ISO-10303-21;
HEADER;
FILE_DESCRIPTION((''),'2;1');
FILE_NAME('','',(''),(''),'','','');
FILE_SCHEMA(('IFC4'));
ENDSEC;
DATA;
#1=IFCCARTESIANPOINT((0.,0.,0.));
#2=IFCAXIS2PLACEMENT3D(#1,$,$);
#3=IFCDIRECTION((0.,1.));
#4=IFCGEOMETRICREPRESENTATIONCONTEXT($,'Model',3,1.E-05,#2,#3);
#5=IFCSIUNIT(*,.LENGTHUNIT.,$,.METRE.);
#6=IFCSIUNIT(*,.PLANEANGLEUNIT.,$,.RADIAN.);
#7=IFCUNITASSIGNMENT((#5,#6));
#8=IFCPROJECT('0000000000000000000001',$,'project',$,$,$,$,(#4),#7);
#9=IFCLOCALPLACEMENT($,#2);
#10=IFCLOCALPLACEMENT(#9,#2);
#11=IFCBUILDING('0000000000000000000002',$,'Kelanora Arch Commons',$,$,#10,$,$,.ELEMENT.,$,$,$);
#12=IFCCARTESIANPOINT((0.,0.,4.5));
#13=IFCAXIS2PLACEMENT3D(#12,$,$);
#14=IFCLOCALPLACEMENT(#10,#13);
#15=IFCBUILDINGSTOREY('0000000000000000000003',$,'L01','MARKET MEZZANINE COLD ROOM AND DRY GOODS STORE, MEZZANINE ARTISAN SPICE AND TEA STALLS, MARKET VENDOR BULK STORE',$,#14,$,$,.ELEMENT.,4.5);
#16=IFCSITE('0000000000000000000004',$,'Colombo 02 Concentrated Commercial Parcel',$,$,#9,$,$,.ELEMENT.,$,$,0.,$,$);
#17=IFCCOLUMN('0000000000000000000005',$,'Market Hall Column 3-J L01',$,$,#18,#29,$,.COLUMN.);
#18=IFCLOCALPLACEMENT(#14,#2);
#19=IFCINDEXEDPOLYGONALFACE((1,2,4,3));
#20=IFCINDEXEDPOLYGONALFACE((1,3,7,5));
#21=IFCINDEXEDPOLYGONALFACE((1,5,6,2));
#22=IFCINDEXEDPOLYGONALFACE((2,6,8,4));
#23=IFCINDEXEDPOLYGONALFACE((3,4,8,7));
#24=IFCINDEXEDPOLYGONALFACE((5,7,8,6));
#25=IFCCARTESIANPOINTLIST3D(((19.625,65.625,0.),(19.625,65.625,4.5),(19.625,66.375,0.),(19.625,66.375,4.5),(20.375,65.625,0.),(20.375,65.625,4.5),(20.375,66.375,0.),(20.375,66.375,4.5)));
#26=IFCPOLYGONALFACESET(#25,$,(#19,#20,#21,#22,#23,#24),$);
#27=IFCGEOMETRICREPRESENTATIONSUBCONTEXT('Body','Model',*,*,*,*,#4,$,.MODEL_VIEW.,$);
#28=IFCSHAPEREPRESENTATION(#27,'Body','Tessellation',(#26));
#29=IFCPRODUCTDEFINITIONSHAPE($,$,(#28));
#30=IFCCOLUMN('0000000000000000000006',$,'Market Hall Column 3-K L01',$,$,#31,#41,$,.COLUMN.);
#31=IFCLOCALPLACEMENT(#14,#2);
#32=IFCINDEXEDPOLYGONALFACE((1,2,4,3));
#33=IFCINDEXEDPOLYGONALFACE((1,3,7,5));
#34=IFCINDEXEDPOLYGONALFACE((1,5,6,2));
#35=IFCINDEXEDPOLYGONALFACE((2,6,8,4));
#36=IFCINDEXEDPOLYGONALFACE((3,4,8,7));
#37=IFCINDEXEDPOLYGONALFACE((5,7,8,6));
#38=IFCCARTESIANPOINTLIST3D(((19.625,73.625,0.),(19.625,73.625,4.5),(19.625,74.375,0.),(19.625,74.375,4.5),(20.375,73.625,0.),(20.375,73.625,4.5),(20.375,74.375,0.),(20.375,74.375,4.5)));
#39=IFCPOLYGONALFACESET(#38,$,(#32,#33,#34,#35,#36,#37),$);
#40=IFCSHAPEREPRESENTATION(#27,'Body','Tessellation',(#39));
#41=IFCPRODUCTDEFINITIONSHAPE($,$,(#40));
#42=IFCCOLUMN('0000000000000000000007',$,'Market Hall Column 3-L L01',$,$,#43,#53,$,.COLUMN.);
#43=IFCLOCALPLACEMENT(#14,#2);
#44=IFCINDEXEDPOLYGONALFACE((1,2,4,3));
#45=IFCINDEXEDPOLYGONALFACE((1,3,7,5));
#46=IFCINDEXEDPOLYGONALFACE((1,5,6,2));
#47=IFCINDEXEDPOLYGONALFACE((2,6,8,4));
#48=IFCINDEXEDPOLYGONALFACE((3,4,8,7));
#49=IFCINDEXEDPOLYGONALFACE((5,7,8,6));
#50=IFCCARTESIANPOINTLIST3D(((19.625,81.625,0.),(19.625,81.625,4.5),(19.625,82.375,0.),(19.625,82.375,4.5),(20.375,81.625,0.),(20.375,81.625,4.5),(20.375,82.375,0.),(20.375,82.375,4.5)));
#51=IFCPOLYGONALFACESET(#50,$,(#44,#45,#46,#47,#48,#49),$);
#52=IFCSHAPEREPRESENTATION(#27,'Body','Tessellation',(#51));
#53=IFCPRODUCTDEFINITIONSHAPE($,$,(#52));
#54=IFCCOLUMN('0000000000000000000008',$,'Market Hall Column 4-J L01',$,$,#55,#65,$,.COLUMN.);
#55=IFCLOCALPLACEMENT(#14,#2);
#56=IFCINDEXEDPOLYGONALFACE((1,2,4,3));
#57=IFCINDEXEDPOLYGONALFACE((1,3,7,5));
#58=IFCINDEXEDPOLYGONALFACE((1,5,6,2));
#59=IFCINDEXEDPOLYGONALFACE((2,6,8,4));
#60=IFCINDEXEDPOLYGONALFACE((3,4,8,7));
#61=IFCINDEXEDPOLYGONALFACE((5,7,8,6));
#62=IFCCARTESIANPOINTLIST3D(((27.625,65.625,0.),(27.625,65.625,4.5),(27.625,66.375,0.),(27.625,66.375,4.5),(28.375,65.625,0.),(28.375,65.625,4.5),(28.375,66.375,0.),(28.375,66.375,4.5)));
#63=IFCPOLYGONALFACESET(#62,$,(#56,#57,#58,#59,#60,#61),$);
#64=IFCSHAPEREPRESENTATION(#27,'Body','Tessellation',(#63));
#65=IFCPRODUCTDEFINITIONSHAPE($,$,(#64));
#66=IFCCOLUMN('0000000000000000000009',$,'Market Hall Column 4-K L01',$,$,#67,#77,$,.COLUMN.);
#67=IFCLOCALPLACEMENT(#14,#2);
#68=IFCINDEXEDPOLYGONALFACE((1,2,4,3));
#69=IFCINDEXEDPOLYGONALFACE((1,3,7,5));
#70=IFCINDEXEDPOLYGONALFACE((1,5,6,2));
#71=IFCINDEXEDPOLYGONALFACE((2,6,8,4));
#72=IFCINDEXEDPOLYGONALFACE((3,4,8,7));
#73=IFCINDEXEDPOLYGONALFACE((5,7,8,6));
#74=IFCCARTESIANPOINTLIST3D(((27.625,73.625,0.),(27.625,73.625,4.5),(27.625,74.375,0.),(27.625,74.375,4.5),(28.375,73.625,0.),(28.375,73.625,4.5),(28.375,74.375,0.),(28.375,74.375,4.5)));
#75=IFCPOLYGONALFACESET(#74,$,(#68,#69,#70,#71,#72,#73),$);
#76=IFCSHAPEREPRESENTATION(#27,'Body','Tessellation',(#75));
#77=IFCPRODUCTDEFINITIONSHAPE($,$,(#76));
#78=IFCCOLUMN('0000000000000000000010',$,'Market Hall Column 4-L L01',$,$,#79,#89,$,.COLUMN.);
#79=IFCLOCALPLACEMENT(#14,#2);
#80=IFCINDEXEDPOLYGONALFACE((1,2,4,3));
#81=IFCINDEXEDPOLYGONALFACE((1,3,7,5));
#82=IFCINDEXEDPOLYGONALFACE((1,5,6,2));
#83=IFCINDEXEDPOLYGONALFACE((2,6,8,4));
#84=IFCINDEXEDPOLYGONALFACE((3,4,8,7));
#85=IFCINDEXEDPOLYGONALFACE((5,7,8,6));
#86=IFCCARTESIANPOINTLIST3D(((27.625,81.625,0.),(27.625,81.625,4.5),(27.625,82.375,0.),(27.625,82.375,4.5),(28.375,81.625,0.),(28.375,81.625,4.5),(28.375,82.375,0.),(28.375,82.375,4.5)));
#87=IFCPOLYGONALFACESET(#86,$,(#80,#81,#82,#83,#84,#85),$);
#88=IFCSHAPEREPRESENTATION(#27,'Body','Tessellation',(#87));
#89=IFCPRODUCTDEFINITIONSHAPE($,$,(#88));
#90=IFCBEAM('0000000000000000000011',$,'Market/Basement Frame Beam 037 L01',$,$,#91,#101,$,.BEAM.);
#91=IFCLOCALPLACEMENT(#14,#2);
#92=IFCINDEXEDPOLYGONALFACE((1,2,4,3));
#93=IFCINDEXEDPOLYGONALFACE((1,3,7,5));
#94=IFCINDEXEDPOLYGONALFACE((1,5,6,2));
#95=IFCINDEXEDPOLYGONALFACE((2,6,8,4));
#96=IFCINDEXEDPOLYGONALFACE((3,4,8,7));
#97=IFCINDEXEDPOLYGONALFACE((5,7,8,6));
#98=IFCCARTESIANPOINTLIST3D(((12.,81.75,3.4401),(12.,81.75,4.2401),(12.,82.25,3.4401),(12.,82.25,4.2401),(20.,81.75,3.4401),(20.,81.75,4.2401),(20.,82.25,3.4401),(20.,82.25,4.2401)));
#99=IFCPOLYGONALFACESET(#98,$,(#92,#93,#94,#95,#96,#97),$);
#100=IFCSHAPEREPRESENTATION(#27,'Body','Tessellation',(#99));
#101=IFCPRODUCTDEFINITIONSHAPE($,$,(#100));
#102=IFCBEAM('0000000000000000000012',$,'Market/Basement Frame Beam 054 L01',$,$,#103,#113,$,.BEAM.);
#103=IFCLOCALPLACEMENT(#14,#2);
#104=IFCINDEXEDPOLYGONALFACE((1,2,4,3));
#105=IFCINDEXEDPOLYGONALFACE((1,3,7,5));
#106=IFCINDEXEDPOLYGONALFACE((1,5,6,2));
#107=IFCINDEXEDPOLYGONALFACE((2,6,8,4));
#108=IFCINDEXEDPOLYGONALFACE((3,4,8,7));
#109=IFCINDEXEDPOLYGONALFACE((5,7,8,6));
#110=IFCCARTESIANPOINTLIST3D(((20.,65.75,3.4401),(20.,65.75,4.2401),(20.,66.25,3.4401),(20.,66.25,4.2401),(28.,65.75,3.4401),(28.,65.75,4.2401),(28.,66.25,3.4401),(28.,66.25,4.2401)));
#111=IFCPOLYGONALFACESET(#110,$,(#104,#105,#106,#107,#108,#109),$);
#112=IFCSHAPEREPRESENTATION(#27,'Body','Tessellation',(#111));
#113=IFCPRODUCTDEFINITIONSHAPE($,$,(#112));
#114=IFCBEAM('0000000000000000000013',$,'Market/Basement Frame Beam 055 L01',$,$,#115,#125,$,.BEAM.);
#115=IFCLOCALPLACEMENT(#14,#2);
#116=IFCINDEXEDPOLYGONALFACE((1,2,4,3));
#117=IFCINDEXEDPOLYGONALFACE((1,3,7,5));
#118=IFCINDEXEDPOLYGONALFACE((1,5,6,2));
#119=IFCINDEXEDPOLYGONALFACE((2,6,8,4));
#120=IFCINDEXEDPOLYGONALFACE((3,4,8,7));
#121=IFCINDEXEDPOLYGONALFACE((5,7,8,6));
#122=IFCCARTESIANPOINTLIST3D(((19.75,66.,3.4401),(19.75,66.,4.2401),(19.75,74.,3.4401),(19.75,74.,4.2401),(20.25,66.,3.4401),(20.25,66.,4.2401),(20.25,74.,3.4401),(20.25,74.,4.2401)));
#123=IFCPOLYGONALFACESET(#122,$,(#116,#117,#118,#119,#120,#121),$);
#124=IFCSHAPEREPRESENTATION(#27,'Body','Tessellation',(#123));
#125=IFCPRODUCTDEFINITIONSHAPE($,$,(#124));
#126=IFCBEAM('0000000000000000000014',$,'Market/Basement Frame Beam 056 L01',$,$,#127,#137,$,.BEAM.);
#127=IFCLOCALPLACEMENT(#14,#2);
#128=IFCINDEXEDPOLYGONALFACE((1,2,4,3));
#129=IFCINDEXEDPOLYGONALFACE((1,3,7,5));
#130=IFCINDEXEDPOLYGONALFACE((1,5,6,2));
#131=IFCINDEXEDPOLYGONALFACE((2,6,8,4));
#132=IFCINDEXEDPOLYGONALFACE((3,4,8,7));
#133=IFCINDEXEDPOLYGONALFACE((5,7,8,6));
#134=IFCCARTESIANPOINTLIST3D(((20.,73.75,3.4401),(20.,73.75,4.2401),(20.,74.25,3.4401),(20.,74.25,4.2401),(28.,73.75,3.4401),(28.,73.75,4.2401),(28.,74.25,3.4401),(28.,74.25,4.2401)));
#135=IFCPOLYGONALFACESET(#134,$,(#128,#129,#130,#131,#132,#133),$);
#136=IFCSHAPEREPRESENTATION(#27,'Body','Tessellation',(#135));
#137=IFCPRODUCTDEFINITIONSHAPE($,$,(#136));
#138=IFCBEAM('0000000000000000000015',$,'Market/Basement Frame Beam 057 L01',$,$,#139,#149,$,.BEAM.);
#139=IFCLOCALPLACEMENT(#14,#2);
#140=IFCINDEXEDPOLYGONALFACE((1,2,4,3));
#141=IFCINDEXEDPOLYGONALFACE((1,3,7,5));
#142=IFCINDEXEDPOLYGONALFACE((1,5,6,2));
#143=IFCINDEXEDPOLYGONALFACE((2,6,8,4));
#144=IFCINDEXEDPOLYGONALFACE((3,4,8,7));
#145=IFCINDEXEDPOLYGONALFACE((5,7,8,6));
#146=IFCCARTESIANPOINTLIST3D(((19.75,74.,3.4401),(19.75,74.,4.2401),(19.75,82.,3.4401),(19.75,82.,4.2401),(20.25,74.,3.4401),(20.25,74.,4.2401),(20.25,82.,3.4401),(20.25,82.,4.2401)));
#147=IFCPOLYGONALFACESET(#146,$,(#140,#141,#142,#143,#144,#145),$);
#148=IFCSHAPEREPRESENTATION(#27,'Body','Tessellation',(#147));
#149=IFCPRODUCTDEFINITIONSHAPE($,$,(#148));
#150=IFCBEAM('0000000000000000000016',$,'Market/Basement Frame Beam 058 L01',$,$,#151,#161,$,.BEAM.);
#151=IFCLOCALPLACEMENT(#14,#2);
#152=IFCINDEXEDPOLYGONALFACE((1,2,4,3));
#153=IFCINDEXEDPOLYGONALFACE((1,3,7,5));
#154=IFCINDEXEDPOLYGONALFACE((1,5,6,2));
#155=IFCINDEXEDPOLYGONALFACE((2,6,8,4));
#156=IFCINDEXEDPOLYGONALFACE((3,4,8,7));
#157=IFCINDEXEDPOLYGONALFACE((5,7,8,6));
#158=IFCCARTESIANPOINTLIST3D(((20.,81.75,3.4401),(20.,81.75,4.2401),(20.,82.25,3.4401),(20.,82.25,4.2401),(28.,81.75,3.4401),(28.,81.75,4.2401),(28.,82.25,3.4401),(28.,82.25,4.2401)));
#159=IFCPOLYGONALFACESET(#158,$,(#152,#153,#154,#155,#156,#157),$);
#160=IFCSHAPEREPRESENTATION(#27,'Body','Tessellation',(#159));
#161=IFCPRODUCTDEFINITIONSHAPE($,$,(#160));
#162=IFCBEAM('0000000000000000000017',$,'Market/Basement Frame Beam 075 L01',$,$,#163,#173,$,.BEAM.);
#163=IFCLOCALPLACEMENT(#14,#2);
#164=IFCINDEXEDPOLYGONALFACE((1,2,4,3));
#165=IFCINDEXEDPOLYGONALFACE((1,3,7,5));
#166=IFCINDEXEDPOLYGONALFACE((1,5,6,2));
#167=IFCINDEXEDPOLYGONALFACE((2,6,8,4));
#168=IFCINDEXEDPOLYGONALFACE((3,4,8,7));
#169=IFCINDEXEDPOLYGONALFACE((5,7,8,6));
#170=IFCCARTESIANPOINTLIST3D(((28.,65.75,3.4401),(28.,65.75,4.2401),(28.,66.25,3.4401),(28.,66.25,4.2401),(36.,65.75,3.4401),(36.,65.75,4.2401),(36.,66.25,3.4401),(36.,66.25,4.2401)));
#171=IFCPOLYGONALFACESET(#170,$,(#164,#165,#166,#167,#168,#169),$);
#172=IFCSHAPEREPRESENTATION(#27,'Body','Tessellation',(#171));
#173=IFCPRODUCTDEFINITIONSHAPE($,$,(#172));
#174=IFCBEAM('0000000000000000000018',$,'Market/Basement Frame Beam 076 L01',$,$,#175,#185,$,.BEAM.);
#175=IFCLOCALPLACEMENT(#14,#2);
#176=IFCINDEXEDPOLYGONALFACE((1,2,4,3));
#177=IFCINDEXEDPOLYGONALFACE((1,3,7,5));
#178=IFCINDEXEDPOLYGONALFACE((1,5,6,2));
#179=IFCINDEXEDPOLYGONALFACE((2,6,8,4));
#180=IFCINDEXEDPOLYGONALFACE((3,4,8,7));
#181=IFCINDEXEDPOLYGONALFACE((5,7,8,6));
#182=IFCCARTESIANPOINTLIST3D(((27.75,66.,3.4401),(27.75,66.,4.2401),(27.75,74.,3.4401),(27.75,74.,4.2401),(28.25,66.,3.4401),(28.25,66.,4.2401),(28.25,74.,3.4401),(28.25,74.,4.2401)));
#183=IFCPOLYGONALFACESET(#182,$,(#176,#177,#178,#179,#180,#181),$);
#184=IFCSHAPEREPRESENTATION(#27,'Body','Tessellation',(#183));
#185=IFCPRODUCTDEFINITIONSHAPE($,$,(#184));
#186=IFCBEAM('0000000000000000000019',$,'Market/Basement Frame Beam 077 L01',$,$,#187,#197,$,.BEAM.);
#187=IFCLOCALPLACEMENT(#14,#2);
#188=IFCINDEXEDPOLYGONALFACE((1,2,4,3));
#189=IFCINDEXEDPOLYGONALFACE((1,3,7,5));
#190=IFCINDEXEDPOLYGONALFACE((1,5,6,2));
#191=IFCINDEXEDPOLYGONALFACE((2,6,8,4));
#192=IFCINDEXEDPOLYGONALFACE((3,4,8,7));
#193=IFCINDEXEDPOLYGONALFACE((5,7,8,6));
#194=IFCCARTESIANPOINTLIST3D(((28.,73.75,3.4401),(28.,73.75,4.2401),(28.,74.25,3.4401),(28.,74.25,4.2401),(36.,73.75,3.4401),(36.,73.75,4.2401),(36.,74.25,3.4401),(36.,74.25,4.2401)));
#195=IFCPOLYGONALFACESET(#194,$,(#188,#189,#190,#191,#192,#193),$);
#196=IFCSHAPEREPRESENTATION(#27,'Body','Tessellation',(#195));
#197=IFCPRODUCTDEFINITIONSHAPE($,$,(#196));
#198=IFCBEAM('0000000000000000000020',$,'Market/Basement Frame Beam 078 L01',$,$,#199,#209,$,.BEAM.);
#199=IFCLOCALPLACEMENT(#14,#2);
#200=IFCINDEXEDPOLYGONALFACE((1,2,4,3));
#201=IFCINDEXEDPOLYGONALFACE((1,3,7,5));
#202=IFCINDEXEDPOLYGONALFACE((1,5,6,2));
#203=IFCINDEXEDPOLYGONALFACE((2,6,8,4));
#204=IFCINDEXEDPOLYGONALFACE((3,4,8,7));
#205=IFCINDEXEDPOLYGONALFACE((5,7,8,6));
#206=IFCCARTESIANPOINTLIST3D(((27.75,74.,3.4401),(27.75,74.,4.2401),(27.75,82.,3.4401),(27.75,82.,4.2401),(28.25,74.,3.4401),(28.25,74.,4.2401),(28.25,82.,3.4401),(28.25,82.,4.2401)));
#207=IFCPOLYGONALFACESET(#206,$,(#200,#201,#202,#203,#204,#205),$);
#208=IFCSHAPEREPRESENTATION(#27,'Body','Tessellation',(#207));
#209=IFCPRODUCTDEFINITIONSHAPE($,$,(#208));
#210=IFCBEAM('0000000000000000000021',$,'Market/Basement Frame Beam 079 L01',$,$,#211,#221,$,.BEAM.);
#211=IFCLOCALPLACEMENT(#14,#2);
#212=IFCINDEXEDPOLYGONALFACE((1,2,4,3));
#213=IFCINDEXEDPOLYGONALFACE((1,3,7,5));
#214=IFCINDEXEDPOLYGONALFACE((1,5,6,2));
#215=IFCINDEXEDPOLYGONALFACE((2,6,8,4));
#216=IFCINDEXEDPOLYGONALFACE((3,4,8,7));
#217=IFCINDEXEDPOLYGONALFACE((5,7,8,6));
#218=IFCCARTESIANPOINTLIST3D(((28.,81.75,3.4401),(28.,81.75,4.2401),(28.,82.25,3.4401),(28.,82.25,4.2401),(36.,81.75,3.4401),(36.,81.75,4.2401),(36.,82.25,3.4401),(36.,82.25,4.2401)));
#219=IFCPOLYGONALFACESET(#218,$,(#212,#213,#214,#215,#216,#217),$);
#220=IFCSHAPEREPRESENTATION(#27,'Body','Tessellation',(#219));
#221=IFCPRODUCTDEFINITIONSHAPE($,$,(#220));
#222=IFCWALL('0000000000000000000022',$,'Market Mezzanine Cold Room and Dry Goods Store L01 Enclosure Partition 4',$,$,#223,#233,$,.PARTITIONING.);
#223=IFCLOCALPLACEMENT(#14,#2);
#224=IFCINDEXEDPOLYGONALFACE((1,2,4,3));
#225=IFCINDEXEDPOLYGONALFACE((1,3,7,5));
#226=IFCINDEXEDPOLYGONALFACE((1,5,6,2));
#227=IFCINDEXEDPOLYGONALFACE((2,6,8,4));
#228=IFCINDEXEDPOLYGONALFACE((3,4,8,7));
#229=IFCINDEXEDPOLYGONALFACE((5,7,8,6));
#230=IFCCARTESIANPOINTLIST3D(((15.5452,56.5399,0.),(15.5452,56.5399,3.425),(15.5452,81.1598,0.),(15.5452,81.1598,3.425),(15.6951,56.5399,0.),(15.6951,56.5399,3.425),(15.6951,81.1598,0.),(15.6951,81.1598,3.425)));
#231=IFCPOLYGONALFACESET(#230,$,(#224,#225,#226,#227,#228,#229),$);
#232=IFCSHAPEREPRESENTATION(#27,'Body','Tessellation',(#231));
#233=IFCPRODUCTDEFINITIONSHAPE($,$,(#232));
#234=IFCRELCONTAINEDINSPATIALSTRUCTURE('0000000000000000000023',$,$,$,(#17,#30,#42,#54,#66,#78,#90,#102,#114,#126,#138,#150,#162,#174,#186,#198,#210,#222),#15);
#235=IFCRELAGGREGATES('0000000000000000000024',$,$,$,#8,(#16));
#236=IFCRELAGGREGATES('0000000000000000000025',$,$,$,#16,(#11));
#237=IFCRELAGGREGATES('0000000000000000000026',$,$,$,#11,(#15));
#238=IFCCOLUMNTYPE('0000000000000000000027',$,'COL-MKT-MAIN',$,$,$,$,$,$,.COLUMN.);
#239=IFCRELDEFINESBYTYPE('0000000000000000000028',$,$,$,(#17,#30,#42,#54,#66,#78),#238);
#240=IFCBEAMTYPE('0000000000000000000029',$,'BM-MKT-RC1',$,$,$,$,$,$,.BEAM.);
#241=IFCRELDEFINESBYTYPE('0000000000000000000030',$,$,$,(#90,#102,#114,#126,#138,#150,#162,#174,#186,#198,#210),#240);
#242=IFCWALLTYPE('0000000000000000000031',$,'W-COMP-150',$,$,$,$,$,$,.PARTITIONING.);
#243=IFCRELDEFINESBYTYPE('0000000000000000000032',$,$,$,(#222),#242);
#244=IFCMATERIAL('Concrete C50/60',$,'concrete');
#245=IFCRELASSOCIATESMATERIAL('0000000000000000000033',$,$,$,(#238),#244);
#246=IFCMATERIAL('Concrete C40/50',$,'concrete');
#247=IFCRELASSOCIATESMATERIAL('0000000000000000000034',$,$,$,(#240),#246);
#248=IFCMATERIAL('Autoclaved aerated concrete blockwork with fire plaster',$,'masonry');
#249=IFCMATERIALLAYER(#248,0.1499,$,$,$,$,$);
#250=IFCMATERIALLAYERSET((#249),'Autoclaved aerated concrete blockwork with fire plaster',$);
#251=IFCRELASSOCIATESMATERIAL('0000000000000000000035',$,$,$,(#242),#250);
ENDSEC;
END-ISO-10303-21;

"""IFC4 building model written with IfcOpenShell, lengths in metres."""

from ifc_helpers import new_model, si_unit, direction, frame, frame_2d, origin, origin_2d, place, context, subcontext, project, spatial, rectangle, extrude, material, layer, layer_set, material_profile, profile_set, type_object, element, save


model = new_model("IFC4")

# Units and contexts
model_context = context("Model", 3, precision=1e-05, world=origin(), true_north=direction((0.0, 1.0)))
body_context = subcontext(model_context, "Body", "Model", "MODEL_VIEW")
ifc_project = project(units=[si_unit("LENGTHUNIT", "METRE"), si_unit("PLANEANGLEUNIT", "RADIAN")], contexts=[model_context])

# Site, building, storey
site_placement = place(None, origin())
site = spatial("IfcSite", under=ifc_project, at=site_placement, Name="Colombo 02 Concentrated Commercial Parcel", CompositionType="ELEMENT", RefElevation=0.0)
building_placement = place(site_placement, origin())
building = spatial("IfcBuilding", under=site, at=building_placement, Name="Kelanora Arch Commons", CompositionType="ELEMENT")
storey_placement = place(building_placement, frame((0.0, 0.0, 4.5)))
storey = spatial("IfcBuildingStorey", under=building, at=storey_placement, Name="L01", Description="MARKET MEZZANINE COLD ROOM AND DRY GOODS STORE, MEZZANINE ARTISAN SPICE AND TEA STALLS, MARKET VENDOR BULK STORE", CompositionType="ELEMENT", Elevation=4.5)

# Columns
ifc_material_1 = material(Name="Concrete C50/60", Category="concrete")
ifc_material_profile_1 = material_profile(ifc_material_1, rectangle(XDim=0.75, YDim=0.75, at=origin_2d()), Name="RC750x750")
ifc_profile_set_1 = profile_set([ifc_material_profile_1], Name="Concrete C50/60")
column_type = type_object("IfcColumnType", Name="COL-MKT-MAIN", PredefinedType="COLUMN", material=ifc_profile_set_1)
for number, where, z_axis, x_axis, name in (
    (1, (20.0, 66.0, 0.0), (0.0, 0.0, 1.0), (1.0, 0.0, 0.0), "Market Hall Column 3-J L01"),
    (2, (20.0, 74.0, 0.0), (0.0, 0.0, 1.0), (1.0, 0.0, 0.0), "Market Hall Column 3-K L01"),
    (3, (20.0, 82.0, 0.0), (0.0, 0.0, 1.0), (1.0, 0.0, 0.0), "Market Hall Column 3-L L01"),
    (4, (28.0, 66.0, 0.0), (0.0, 0.0, 1.0), (1.0, 0.0, 0.0), "Market Hall Column 4-J L01"),
    (5, (28.0, 74.0, 0.0), (0.0, 0.0, 1.0), (1.0, 0.0, 0.0), "Market Hall Column 4-K L01"),
    (6, (28.0, 82.0, 0.0), (0.0, 0.0, 1.0), (1.0, 0.0, 0.0), "Market Hall Column 4-L L01"),
):
    element("IfcColumn", number, at=place(storey_placement, frame(where, z_axis=z_axis, x_axis=x_axis)), inside=storey, type_object=column_type, Name=name, PredefinedType="COLUMN", context=body_context, shape_type="SweptSolid", body=[
        extrude(rectangle(XDim=0.75, YDim=0.75, at=origin_2d()), origin(), (0.0, 0.0, 1.0), 4.5),
    ])

# Beams
ifc_material_2 = material(Name="Concrete C40/50", Category="concrete")
ifc_material_profile_2 = material_profile(ifc_material_2, rectangle(XDim=0.5, YDim=0.8, at=origin_2d()), Name="RCB500x800")
ifc_profile_set_2 = profile_set([ifc_material_profile_2], Name="Concrete C40/50")
beam_type = type_object("IfcBeamType", Name="BM-MKT-RC1", PredefinedType="BEAM", material=ifc_profile_set_2)
for number, where, z_axis, x_axis, name in (
    (7, (12.0, 82.0, 3.8401), (1.0, 0.0, 0.0), (0.0, 1.0, 0.0), "Market/Basement Frame Beam 037 L01"),
    (8, (20.0, 66.0, 3.8401), (1.0, 0.0, 0.0), (0.0, 1.0, 0.0), "Market/Basement Frame Beam 054 L01"),
    (9, (20.0, 66.0, 3.8401), (0.0, 1.0, 0.0), (-1.0, 0.0, 0.0), "Market/Basement Frame Beam 055 L01"),
    (10, (20.0, 74.0, 3.8401), (1.0, 0.0, 0.0), (0.0, 1.0, 0.0), "Market/Basement Frame Beam 056 L01"),
    (11, (20.0, 74.0, 3.8401), (0.0, 1.0, 0.0), (-1.0, 0.0, 0.0), "Market/Basement Frame Beam 057 L01"),
    (12, (20.0, 82.0, 3.8401), (1.0, 0.0, 0.0), (0.0, 1.0, 0.0), "Market/Basement Frame Beam 058 L01"),
    (13, (28.0, 66.0, 3.8401), (1.0, 0.0, 0.0), (0.0, 1.0, 0.0), "Market/Basement Frame Beam 075 L01"),
    (14, (28.0, 66.0, 3.8401), (0.0, 1.0, 0.0), (-1.0, 0.0, 0.0), "Market/Basement Frame Beam 076 L01"),
    (15, (28.0, 74.0, 3.8401), (1.0, 0.0, 0.0), (0.0, 1.0, 0.0), "Market/Basement Frame Beam 077 L01"),
    (16, (28.0, 74.0, 3.8401), (0.0, 1.0, 0.0), (-1.0, 0.0, 0.0), "Market/Basement Frame Beam 078 L01"),
    (17, (28.0, 82.0, 3.8401), (1.0, 0.0, 0.0), (0.0, 1.0, 0.0), "Market/Basement Frame Beam 079 L01"),
):
    element("IfcBeam", number, at=place(storey_placement, frame(where, z_axis=z_axis, x_axis=x_axis)), inside=storey, type_object=beam_type, Name=name, PredefinedType="BEAM", context=body_context, shape_type="SweptSolid", body=[
        extrude(rectangle(XDim=0.5, YDim=0.8, at=origin_2d()), origin(), (0.0, 0.0, 1.0), 8.0),
    ])

# Wall
ifc_material_3 = material(Name="Autoclaved aerated concrete blockwork with fire plaster", Category="masonry")
ifc_layer_1 = layer(ifc_material_3, 0.1499)
ifc_layer_set_1 = layer_set([ifc_layer_1], Name="Autoclaved aerated concrete blockwork with fire plaster")
wall_type_1 = type_object("IfcWallType", Name="W-COMP-150", PredefinedType="PARTITIONING", material=ifc_layer_set_1)
wall_1_placement = place(storey_placement, frame((15.6201, 81.1599, 0.0), z_axis=(0.0, 0.0, 1.0), x_axis=(0.0, -1.0, 0.0)))
element("IfcWall", 18, at=wall_1_placement, inside=storey, type_object=wall_type_1, Name="Market Mezzanine Cold Room and Dry Goods Store L01 Enclosure Partition 4", PredefinedType="PARTITIONING", context=body_context, shape_type="SweptSolid", body=[
    extrude(rectangle(XDim=24.6199, YDim=0.1499, at=frame_2d((12.3101, 0.0))), origin(), (0.0, 0.0, 1.0), 3.425),
])

save(model, "model.ifc")
